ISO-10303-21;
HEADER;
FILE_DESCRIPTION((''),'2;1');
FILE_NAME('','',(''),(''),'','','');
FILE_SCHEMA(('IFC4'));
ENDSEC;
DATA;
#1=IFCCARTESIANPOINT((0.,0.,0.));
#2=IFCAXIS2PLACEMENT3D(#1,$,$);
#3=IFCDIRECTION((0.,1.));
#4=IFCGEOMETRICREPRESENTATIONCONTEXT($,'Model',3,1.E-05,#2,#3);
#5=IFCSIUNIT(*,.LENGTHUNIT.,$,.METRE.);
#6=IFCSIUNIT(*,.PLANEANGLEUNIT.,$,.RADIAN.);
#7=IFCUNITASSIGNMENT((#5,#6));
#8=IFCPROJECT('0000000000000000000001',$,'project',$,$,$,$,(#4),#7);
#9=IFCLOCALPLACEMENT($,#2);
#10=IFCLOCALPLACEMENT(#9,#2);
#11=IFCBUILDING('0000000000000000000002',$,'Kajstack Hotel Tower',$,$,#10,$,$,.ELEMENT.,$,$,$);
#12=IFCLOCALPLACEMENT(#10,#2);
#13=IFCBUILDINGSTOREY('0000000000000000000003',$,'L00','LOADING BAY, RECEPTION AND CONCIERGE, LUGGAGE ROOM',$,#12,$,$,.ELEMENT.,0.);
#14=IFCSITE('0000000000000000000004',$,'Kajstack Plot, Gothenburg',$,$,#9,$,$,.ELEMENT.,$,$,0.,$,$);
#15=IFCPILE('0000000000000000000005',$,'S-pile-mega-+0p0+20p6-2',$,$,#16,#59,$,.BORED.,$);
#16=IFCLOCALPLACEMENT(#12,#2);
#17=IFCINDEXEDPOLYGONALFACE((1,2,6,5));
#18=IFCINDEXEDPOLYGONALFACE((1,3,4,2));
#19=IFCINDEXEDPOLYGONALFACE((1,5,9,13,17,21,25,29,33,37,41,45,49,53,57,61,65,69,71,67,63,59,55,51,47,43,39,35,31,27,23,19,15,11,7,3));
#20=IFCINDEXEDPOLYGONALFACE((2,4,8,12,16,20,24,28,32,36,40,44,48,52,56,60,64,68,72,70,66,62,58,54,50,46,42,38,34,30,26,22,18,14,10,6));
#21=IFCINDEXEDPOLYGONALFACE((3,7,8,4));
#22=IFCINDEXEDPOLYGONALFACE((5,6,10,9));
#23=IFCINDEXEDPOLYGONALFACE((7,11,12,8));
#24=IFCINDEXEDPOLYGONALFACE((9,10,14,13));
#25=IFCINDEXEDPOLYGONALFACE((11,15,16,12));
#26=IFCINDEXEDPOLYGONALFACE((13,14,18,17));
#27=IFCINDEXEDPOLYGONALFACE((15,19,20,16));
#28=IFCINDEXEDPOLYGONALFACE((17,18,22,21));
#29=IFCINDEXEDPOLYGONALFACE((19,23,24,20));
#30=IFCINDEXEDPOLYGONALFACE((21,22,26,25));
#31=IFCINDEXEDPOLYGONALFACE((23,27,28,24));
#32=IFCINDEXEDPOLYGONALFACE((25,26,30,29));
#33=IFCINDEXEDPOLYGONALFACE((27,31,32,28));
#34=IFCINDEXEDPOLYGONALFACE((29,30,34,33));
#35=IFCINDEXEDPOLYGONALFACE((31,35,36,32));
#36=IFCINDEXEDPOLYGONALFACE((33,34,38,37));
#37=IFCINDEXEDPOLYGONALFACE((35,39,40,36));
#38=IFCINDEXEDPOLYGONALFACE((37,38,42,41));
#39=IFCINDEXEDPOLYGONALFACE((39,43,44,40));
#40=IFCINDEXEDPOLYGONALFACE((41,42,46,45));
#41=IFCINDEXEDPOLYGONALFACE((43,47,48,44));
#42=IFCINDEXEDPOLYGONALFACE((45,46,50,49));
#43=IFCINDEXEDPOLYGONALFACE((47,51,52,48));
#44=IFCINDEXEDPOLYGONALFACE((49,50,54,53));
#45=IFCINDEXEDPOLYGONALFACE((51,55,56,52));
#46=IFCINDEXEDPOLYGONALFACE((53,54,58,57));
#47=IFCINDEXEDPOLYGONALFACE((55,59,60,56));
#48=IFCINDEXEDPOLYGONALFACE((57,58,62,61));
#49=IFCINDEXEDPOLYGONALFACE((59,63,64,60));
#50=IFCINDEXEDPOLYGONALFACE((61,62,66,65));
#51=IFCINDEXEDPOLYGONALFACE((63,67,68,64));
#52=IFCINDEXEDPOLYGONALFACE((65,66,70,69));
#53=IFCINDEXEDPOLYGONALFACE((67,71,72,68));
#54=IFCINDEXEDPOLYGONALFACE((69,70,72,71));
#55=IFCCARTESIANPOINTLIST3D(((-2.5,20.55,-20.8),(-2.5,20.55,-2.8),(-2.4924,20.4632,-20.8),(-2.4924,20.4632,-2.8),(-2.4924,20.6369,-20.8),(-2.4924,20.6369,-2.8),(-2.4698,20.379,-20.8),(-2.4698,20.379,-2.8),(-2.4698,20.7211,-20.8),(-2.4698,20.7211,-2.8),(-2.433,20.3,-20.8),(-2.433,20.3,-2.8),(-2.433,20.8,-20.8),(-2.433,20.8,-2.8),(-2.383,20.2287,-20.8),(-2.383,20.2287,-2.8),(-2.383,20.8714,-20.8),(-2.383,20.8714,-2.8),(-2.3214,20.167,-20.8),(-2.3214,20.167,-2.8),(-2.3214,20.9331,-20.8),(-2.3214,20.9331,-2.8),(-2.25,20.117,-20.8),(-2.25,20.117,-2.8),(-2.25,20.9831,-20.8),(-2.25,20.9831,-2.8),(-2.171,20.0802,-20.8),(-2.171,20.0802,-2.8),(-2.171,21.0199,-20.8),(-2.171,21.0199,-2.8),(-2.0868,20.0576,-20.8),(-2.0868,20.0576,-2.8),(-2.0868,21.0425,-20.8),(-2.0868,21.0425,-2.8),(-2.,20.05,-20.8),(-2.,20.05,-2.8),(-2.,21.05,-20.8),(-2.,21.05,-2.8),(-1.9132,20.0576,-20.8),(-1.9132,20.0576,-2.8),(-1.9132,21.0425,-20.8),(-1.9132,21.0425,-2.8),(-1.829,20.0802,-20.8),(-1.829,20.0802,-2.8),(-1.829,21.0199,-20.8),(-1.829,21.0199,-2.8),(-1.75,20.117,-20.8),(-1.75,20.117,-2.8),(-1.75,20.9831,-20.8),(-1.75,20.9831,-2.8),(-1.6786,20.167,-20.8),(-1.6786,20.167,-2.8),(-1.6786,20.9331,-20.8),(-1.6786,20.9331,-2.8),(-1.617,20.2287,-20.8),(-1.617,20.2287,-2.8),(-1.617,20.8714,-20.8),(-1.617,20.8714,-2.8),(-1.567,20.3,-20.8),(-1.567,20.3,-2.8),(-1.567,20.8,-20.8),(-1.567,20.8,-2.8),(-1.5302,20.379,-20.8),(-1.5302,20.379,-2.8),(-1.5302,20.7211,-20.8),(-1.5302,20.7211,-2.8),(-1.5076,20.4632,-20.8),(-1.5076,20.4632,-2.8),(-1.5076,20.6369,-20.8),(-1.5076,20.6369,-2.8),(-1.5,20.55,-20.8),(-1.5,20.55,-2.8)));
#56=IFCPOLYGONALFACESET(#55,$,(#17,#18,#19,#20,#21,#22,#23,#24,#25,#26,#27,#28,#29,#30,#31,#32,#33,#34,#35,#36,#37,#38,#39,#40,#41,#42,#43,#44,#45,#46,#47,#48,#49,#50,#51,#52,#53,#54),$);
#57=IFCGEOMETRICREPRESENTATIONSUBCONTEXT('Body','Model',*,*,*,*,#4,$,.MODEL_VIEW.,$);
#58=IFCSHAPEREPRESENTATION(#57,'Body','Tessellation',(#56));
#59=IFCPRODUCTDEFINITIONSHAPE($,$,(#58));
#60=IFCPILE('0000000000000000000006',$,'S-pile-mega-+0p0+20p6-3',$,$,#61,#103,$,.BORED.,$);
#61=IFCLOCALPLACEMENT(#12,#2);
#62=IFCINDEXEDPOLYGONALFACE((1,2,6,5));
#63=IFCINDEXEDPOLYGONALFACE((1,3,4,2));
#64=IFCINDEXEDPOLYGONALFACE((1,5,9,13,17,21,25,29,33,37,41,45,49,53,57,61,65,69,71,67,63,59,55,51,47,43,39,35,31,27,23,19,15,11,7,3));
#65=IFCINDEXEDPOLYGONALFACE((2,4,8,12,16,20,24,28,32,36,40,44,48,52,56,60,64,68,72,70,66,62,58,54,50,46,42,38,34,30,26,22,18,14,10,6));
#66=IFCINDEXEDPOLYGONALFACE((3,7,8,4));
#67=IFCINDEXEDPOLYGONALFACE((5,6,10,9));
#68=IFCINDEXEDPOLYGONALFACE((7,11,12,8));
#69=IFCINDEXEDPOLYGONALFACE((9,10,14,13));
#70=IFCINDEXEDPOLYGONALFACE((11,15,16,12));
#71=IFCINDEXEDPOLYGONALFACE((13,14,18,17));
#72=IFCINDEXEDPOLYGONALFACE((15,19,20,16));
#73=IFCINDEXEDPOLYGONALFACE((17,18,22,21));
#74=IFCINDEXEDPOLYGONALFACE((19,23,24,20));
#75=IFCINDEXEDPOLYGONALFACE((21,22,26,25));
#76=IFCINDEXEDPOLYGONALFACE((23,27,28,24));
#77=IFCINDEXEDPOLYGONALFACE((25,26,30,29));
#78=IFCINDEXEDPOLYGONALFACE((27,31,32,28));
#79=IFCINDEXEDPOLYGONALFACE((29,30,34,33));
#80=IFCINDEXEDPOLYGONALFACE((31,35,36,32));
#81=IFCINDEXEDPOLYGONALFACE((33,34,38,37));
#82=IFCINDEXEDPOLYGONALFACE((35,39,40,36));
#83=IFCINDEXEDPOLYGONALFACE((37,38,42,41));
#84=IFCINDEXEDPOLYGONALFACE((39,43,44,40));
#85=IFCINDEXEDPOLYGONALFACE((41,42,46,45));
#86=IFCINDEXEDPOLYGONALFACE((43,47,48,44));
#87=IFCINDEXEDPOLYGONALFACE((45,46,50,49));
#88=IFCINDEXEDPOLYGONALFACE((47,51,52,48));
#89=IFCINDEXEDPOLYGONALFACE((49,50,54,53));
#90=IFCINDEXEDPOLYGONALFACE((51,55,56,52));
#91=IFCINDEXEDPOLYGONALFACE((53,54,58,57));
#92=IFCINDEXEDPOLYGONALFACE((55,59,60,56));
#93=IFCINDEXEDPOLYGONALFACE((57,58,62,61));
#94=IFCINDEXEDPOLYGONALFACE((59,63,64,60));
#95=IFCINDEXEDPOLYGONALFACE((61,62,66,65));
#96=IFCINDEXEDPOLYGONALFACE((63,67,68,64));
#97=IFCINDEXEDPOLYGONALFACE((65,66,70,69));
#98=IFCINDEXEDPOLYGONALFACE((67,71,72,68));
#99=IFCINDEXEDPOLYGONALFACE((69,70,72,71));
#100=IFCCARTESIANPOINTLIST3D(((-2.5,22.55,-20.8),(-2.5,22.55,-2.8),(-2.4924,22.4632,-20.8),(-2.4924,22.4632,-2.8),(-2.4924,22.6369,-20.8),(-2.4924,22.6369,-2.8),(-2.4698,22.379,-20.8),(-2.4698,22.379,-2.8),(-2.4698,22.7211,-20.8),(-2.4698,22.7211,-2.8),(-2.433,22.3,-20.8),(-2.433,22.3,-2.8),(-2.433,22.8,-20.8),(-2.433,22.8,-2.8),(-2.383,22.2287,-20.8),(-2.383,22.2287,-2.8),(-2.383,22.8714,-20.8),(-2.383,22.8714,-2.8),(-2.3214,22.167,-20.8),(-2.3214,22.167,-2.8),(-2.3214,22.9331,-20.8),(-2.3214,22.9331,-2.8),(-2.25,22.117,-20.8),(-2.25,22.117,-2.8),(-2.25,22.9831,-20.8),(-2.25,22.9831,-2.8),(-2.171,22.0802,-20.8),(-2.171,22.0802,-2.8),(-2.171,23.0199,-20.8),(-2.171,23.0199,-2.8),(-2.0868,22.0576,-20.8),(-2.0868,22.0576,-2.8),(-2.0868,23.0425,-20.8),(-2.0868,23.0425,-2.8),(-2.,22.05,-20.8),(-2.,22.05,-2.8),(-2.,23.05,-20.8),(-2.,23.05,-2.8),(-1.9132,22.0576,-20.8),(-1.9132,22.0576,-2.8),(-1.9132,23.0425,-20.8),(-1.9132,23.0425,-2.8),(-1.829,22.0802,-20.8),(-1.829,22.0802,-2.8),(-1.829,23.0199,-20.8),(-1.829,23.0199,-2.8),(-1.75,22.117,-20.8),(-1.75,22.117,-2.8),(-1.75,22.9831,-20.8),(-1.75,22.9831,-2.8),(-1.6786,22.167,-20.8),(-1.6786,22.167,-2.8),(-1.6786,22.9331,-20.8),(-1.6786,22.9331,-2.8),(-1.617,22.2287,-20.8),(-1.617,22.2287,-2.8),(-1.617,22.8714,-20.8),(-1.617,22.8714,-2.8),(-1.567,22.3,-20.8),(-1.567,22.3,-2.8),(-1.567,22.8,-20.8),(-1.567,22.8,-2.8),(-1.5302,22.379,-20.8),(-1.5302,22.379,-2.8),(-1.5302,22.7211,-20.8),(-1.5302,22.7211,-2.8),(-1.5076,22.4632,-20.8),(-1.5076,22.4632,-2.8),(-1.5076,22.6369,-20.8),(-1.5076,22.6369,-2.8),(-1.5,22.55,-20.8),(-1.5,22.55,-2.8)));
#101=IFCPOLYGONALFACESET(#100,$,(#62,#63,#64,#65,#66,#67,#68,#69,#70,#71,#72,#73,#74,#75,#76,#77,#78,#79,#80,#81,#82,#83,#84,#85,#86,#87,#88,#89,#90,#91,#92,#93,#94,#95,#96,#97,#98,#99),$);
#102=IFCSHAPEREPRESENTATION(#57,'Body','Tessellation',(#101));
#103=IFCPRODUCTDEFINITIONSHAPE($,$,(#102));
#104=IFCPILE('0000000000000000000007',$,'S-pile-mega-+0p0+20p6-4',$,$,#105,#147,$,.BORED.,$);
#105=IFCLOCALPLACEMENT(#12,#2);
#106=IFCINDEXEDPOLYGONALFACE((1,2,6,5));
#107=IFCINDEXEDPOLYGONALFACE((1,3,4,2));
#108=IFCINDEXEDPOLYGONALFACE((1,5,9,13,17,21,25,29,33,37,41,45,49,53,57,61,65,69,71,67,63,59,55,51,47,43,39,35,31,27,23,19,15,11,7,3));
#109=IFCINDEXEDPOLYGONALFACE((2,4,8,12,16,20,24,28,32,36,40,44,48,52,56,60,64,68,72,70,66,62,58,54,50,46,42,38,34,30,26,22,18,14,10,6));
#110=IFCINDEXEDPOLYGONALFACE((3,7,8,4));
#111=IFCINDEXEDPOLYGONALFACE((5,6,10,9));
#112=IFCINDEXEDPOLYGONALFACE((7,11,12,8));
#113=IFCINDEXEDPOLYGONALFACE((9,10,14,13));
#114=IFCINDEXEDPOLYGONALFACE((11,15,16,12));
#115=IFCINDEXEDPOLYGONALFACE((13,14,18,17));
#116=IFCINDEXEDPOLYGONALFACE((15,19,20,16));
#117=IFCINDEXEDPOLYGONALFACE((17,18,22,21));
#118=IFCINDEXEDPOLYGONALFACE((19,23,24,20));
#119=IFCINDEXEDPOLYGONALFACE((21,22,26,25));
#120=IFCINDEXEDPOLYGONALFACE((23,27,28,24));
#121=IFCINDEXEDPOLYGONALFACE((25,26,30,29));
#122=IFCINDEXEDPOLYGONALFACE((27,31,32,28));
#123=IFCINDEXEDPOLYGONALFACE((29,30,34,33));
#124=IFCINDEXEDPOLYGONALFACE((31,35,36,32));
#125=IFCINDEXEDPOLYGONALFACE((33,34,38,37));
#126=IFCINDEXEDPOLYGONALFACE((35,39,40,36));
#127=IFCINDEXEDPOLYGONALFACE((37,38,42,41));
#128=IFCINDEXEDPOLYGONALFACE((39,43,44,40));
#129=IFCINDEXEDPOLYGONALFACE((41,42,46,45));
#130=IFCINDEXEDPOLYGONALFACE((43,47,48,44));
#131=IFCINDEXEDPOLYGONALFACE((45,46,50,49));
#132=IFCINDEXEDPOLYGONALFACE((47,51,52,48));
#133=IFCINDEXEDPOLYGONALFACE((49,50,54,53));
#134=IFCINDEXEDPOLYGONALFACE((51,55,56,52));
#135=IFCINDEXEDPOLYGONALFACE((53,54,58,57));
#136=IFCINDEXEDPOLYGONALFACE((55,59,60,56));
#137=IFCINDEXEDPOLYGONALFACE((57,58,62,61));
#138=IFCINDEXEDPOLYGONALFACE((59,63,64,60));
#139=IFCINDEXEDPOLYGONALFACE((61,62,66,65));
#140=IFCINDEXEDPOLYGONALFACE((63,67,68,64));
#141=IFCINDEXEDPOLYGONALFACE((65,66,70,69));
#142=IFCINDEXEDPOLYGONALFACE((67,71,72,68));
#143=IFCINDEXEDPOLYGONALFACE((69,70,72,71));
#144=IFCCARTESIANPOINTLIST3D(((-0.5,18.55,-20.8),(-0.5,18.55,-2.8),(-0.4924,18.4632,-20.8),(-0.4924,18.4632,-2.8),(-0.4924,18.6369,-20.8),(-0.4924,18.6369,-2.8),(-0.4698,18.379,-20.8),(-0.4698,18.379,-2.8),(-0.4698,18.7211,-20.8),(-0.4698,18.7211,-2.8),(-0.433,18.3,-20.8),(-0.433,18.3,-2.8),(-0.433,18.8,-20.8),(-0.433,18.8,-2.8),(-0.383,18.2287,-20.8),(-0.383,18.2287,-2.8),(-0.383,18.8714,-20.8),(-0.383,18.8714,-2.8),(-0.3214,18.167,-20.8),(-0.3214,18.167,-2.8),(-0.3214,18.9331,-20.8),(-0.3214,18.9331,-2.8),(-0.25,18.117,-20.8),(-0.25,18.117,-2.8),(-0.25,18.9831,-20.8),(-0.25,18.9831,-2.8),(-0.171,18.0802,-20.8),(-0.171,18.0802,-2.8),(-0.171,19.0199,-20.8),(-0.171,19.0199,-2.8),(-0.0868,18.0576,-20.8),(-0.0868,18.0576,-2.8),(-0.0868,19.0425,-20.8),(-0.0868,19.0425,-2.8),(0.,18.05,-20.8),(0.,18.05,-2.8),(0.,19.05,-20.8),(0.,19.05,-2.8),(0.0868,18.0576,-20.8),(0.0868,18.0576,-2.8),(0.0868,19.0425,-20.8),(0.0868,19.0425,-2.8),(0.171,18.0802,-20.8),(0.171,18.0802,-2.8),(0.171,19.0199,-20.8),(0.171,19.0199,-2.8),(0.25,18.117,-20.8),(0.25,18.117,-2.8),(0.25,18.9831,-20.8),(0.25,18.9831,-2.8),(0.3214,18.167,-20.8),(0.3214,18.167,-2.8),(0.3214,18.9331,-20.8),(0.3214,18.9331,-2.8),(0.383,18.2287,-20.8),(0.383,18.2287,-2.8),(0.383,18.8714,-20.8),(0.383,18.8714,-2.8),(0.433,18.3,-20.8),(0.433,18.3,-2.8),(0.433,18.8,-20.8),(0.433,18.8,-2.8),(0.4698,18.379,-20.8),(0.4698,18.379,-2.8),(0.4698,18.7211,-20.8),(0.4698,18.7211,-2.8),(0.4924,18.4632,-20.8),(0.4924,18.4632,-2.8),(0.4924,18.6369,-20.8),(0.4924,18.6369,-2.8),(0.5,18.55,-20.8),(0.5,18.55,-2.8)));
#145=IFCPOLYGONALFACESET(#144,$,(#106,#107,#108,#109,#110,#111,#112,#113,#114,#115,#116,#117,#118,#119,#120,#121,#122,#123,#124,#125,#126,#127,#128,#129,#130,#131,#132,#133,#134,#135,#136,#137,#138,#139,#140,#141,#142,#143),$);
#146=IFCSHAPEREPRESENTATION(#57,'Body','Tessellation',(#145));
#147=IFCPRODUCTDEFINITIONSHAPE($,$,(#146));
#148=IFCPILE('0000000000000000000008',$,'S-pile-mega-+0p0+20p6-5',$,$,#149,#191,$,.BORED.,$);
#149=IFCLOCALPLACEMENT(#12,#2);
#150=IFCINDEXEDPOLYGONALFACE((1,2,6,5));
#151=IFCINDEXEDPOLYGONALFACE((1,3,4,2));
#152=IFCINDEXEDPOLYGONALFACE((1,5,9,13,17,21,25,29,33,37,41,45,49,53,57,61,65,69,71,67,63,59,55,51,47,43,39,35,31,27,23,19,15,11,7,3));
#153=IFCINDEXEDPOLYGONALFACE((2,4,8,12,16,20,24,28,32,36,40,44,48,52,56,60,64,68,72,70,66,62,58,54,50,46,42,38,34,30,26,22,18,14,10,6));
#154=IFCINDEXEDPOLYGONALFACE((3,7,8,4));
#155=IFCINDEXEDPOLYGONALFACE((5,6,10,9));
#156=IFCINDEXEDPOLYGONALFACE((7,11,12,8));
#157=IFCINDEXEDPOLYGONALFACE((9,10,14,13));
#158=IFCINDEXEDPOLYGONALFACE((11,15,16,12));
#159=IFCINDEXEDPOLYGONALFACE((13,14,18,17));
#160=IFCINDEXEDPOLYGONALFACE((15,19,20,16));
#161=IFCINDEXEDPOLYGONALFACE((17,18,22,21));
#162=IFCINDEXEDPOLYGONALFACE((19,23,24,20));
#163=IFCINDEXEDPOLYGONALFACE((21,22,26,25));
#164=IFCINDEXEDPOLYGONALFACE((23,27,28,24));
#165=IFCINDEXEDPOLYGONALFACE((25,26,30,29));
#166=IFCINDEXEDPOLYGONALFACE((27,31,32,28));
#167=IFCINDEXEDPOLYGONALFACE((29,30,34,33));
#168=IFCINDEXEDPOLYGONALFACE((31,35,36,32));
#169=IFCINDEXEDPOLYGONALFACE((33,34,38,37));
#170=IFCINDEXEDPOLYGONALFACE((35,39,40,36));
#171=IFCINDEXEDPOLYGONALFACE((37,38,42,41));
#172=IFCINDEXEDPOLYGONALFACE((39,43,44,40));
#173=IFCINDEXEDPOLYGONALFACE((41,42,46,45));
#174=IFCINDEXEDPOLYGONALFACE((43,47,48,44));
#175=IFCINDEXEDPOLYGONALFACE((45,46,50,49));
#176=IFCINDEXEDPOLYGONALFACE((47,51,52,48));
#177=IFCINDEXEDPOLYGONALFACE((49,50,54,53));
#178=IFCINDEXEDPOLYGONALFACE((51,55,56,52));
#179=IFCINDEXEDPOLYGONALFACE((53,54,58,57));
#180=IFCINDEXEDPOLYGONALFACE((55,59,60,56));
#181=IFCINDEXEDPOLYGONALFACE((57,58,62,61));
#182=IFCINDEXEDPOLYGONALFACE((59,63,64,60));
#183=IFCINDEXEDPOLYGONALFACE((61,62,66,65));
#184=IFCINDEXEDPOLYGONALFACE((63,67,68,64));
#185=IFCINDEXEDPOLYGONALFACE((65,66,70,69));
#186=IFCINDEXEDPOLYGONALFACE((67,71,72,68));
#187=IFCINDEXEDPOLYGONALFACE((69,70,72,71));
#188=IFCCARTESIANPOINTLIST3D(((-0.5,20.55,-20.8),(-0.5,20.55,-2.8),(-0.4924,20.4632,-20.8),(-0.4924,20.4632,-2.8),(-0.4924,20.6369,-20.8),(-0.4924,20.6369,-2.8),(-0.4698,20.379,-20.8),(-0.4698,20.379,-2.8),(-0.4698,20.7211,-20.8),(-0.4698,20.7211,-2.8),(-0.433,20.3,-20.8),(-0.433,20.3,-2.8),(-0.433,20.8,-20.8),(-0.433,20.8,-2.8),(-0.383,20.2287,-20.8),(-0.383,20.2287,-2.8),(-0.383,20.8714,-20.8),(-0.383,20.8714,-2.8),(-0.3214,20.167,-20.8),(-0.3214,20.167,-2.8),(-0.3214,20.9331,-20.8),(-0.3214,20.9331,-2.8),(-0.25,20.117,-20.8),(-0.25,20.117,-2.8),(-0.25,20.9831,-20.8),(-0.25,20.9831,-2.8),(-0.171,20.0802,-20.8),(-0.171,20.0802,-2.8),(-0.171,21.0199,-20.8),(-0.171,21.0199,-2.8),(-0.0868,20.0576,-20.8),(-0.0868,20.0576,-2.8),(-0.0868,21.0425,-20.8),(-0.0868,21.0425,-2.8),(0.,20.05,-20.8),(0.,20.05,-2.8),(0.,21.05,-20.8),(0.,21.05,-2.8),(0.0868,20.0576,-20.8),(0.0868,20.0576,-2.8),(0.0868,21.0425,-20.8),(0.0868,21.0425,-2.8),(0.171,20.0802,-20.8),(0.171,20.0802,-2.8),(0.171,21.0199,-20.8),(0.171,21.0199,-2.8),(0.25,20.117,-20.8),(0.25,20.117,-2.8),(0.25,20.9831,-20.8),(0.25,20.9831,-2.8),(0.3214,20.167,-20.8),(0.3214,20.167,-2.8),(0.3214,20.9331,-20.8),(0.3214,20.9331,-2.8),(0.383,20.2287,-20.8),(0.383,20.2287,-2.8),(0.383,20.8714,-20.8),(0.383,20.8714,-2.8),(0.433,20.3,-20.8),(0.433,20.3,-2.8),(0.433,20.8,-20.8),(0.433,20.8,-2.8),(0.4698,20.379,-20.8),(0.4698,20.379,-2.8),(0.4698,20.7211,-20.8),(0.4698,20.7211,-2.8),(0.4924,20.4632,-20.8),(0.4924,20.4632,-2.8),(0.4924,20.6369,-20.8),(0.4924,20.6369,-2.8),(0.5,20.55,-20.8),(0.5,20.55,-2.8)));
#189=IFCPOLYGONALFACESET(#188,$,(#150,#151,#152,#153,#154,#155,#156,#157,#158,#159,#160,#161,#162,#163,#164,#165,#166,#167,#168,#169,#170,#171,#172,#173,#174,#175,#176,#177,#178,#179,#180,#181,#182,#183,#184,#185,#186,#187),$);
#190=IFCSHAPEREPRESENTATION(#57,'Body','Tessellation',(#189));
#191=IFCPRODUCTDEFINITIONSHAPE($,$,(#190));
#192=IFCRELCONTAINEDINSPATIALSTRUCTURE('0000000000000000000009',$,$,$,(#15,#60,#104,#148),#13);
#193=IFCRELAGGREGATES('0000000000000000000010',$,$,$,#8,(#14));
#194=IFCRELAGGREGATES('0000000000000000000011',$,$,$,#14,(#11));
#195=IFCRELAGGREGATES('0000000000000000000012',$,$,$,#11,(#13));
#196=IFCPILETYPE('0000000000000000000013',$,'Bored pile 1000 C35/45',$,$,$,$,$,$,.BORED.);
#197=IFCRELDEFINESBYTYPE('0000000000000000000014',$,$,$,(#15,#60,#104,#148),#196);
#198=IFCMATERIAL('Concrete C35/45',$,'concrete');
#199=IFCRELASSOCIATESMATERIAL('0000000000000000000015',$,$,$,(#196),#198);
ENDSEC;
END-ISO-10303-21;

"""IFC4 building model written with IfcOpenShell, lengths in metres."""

from ifc_helpers import new_model, si_unit, direction, frame, origin, origin_2d, place, context, subcontext, project, spatial, circle, extrude, material, material_profile, profile_set, type_object, element, save


model = new_model("IFC4")

# Units and contexts
model_context = context("Model", 3, precision=1e-05, world=origin(), true_north=direction((0.0, 1.0)))
body_context = subcontext(model_context, "Body", "Model", "MODEL_VIEW")
ifc_project = project(units=[si_unit("LENGTHUNIT", "METRE"), si_unit("PLANEANGLEUNIT", "RADIAN")], contexts=[model_context])

# Site, building, storey
site_placement = place(None, origin())
site = spatial("IfcSite", under=ifc_project, at=site_placement, Name="Kajstack Plot, Gothenburg", CompositionType="ELEMENT", RefElevation=0.0)
building_placement = place(site_placement, origin())
building = spatial("IfcBuilding", under=site, at=building_placement, Name="Kajstack Hotel Tower", CompositionType="ELEMENT")
storey_placement = place(building_placement, origin())
storey = spatial("IfcBuildingStorey", under=building, at=storey_placement, Name="L00", Description="LOADING BAY, RECEPTION AND CONCIERGE, LUGGAGE ROOM", CompositionType="ELEMENT", Elevation=0.0)

# Piles
ifc_material_1 = material(Name="Concrete C35/45", Category="concrete")
ifc_material_profile_1 = material_profile(ifc_material_1, circle(Radius=0.5, at=origin_2d()), Name="RC round 1000")
ifc_profile_set_1 = profile_set([ifc_material_profile_1], Name="Concrete C35/45")
pile_type = type_object("IfcPileType", Name="Bored pile 1000 C35/45", PredefinedType="BORED", material=ifc_profile_set_1)
for number, where, z_axis, x_axis, name in (
    (1, (-2.0, 20.55, -2.8), (0.0, 0.0, -1.0), (1.0, 0.0, 0.0), "S-pile-mega-+0p0+20p6-2"),
    (2, (-2.0, 22.55, -2.8), (0.0, 0.0, -1.0), (1.0, 0.0, 0.0), "S-pile-mega-+0p0+20p6-3"),
    (3, (0.0, 18.55, -2.8), (0.0, 0.0, -1.0), (1.0, 0.0, 0.0), "S-pile-mega-+0p0+20p6-4"),
    (4, (0.0, 20.55, -2.8), (0.0, 0.0, -1.0), (1.0, 0.0, 0.0), "S-pile-mega-+0p0+20p6-5"),
):
    element("IfcPile", number, at=place(storey_placement, frame(where, z_axis=z_axis, x_axis=x_axis)), inside=storey, type_object=pile_type, Name=name, PredefinedType="BORED", context=body_context, shape_type="SweptSolid", body=[
        extrude(circle(Radius=0.5, at=origin_2d()), origin(), (0.0, 0.0, 1.0), 18.0),
    ])

save(model, "model.ifc")
